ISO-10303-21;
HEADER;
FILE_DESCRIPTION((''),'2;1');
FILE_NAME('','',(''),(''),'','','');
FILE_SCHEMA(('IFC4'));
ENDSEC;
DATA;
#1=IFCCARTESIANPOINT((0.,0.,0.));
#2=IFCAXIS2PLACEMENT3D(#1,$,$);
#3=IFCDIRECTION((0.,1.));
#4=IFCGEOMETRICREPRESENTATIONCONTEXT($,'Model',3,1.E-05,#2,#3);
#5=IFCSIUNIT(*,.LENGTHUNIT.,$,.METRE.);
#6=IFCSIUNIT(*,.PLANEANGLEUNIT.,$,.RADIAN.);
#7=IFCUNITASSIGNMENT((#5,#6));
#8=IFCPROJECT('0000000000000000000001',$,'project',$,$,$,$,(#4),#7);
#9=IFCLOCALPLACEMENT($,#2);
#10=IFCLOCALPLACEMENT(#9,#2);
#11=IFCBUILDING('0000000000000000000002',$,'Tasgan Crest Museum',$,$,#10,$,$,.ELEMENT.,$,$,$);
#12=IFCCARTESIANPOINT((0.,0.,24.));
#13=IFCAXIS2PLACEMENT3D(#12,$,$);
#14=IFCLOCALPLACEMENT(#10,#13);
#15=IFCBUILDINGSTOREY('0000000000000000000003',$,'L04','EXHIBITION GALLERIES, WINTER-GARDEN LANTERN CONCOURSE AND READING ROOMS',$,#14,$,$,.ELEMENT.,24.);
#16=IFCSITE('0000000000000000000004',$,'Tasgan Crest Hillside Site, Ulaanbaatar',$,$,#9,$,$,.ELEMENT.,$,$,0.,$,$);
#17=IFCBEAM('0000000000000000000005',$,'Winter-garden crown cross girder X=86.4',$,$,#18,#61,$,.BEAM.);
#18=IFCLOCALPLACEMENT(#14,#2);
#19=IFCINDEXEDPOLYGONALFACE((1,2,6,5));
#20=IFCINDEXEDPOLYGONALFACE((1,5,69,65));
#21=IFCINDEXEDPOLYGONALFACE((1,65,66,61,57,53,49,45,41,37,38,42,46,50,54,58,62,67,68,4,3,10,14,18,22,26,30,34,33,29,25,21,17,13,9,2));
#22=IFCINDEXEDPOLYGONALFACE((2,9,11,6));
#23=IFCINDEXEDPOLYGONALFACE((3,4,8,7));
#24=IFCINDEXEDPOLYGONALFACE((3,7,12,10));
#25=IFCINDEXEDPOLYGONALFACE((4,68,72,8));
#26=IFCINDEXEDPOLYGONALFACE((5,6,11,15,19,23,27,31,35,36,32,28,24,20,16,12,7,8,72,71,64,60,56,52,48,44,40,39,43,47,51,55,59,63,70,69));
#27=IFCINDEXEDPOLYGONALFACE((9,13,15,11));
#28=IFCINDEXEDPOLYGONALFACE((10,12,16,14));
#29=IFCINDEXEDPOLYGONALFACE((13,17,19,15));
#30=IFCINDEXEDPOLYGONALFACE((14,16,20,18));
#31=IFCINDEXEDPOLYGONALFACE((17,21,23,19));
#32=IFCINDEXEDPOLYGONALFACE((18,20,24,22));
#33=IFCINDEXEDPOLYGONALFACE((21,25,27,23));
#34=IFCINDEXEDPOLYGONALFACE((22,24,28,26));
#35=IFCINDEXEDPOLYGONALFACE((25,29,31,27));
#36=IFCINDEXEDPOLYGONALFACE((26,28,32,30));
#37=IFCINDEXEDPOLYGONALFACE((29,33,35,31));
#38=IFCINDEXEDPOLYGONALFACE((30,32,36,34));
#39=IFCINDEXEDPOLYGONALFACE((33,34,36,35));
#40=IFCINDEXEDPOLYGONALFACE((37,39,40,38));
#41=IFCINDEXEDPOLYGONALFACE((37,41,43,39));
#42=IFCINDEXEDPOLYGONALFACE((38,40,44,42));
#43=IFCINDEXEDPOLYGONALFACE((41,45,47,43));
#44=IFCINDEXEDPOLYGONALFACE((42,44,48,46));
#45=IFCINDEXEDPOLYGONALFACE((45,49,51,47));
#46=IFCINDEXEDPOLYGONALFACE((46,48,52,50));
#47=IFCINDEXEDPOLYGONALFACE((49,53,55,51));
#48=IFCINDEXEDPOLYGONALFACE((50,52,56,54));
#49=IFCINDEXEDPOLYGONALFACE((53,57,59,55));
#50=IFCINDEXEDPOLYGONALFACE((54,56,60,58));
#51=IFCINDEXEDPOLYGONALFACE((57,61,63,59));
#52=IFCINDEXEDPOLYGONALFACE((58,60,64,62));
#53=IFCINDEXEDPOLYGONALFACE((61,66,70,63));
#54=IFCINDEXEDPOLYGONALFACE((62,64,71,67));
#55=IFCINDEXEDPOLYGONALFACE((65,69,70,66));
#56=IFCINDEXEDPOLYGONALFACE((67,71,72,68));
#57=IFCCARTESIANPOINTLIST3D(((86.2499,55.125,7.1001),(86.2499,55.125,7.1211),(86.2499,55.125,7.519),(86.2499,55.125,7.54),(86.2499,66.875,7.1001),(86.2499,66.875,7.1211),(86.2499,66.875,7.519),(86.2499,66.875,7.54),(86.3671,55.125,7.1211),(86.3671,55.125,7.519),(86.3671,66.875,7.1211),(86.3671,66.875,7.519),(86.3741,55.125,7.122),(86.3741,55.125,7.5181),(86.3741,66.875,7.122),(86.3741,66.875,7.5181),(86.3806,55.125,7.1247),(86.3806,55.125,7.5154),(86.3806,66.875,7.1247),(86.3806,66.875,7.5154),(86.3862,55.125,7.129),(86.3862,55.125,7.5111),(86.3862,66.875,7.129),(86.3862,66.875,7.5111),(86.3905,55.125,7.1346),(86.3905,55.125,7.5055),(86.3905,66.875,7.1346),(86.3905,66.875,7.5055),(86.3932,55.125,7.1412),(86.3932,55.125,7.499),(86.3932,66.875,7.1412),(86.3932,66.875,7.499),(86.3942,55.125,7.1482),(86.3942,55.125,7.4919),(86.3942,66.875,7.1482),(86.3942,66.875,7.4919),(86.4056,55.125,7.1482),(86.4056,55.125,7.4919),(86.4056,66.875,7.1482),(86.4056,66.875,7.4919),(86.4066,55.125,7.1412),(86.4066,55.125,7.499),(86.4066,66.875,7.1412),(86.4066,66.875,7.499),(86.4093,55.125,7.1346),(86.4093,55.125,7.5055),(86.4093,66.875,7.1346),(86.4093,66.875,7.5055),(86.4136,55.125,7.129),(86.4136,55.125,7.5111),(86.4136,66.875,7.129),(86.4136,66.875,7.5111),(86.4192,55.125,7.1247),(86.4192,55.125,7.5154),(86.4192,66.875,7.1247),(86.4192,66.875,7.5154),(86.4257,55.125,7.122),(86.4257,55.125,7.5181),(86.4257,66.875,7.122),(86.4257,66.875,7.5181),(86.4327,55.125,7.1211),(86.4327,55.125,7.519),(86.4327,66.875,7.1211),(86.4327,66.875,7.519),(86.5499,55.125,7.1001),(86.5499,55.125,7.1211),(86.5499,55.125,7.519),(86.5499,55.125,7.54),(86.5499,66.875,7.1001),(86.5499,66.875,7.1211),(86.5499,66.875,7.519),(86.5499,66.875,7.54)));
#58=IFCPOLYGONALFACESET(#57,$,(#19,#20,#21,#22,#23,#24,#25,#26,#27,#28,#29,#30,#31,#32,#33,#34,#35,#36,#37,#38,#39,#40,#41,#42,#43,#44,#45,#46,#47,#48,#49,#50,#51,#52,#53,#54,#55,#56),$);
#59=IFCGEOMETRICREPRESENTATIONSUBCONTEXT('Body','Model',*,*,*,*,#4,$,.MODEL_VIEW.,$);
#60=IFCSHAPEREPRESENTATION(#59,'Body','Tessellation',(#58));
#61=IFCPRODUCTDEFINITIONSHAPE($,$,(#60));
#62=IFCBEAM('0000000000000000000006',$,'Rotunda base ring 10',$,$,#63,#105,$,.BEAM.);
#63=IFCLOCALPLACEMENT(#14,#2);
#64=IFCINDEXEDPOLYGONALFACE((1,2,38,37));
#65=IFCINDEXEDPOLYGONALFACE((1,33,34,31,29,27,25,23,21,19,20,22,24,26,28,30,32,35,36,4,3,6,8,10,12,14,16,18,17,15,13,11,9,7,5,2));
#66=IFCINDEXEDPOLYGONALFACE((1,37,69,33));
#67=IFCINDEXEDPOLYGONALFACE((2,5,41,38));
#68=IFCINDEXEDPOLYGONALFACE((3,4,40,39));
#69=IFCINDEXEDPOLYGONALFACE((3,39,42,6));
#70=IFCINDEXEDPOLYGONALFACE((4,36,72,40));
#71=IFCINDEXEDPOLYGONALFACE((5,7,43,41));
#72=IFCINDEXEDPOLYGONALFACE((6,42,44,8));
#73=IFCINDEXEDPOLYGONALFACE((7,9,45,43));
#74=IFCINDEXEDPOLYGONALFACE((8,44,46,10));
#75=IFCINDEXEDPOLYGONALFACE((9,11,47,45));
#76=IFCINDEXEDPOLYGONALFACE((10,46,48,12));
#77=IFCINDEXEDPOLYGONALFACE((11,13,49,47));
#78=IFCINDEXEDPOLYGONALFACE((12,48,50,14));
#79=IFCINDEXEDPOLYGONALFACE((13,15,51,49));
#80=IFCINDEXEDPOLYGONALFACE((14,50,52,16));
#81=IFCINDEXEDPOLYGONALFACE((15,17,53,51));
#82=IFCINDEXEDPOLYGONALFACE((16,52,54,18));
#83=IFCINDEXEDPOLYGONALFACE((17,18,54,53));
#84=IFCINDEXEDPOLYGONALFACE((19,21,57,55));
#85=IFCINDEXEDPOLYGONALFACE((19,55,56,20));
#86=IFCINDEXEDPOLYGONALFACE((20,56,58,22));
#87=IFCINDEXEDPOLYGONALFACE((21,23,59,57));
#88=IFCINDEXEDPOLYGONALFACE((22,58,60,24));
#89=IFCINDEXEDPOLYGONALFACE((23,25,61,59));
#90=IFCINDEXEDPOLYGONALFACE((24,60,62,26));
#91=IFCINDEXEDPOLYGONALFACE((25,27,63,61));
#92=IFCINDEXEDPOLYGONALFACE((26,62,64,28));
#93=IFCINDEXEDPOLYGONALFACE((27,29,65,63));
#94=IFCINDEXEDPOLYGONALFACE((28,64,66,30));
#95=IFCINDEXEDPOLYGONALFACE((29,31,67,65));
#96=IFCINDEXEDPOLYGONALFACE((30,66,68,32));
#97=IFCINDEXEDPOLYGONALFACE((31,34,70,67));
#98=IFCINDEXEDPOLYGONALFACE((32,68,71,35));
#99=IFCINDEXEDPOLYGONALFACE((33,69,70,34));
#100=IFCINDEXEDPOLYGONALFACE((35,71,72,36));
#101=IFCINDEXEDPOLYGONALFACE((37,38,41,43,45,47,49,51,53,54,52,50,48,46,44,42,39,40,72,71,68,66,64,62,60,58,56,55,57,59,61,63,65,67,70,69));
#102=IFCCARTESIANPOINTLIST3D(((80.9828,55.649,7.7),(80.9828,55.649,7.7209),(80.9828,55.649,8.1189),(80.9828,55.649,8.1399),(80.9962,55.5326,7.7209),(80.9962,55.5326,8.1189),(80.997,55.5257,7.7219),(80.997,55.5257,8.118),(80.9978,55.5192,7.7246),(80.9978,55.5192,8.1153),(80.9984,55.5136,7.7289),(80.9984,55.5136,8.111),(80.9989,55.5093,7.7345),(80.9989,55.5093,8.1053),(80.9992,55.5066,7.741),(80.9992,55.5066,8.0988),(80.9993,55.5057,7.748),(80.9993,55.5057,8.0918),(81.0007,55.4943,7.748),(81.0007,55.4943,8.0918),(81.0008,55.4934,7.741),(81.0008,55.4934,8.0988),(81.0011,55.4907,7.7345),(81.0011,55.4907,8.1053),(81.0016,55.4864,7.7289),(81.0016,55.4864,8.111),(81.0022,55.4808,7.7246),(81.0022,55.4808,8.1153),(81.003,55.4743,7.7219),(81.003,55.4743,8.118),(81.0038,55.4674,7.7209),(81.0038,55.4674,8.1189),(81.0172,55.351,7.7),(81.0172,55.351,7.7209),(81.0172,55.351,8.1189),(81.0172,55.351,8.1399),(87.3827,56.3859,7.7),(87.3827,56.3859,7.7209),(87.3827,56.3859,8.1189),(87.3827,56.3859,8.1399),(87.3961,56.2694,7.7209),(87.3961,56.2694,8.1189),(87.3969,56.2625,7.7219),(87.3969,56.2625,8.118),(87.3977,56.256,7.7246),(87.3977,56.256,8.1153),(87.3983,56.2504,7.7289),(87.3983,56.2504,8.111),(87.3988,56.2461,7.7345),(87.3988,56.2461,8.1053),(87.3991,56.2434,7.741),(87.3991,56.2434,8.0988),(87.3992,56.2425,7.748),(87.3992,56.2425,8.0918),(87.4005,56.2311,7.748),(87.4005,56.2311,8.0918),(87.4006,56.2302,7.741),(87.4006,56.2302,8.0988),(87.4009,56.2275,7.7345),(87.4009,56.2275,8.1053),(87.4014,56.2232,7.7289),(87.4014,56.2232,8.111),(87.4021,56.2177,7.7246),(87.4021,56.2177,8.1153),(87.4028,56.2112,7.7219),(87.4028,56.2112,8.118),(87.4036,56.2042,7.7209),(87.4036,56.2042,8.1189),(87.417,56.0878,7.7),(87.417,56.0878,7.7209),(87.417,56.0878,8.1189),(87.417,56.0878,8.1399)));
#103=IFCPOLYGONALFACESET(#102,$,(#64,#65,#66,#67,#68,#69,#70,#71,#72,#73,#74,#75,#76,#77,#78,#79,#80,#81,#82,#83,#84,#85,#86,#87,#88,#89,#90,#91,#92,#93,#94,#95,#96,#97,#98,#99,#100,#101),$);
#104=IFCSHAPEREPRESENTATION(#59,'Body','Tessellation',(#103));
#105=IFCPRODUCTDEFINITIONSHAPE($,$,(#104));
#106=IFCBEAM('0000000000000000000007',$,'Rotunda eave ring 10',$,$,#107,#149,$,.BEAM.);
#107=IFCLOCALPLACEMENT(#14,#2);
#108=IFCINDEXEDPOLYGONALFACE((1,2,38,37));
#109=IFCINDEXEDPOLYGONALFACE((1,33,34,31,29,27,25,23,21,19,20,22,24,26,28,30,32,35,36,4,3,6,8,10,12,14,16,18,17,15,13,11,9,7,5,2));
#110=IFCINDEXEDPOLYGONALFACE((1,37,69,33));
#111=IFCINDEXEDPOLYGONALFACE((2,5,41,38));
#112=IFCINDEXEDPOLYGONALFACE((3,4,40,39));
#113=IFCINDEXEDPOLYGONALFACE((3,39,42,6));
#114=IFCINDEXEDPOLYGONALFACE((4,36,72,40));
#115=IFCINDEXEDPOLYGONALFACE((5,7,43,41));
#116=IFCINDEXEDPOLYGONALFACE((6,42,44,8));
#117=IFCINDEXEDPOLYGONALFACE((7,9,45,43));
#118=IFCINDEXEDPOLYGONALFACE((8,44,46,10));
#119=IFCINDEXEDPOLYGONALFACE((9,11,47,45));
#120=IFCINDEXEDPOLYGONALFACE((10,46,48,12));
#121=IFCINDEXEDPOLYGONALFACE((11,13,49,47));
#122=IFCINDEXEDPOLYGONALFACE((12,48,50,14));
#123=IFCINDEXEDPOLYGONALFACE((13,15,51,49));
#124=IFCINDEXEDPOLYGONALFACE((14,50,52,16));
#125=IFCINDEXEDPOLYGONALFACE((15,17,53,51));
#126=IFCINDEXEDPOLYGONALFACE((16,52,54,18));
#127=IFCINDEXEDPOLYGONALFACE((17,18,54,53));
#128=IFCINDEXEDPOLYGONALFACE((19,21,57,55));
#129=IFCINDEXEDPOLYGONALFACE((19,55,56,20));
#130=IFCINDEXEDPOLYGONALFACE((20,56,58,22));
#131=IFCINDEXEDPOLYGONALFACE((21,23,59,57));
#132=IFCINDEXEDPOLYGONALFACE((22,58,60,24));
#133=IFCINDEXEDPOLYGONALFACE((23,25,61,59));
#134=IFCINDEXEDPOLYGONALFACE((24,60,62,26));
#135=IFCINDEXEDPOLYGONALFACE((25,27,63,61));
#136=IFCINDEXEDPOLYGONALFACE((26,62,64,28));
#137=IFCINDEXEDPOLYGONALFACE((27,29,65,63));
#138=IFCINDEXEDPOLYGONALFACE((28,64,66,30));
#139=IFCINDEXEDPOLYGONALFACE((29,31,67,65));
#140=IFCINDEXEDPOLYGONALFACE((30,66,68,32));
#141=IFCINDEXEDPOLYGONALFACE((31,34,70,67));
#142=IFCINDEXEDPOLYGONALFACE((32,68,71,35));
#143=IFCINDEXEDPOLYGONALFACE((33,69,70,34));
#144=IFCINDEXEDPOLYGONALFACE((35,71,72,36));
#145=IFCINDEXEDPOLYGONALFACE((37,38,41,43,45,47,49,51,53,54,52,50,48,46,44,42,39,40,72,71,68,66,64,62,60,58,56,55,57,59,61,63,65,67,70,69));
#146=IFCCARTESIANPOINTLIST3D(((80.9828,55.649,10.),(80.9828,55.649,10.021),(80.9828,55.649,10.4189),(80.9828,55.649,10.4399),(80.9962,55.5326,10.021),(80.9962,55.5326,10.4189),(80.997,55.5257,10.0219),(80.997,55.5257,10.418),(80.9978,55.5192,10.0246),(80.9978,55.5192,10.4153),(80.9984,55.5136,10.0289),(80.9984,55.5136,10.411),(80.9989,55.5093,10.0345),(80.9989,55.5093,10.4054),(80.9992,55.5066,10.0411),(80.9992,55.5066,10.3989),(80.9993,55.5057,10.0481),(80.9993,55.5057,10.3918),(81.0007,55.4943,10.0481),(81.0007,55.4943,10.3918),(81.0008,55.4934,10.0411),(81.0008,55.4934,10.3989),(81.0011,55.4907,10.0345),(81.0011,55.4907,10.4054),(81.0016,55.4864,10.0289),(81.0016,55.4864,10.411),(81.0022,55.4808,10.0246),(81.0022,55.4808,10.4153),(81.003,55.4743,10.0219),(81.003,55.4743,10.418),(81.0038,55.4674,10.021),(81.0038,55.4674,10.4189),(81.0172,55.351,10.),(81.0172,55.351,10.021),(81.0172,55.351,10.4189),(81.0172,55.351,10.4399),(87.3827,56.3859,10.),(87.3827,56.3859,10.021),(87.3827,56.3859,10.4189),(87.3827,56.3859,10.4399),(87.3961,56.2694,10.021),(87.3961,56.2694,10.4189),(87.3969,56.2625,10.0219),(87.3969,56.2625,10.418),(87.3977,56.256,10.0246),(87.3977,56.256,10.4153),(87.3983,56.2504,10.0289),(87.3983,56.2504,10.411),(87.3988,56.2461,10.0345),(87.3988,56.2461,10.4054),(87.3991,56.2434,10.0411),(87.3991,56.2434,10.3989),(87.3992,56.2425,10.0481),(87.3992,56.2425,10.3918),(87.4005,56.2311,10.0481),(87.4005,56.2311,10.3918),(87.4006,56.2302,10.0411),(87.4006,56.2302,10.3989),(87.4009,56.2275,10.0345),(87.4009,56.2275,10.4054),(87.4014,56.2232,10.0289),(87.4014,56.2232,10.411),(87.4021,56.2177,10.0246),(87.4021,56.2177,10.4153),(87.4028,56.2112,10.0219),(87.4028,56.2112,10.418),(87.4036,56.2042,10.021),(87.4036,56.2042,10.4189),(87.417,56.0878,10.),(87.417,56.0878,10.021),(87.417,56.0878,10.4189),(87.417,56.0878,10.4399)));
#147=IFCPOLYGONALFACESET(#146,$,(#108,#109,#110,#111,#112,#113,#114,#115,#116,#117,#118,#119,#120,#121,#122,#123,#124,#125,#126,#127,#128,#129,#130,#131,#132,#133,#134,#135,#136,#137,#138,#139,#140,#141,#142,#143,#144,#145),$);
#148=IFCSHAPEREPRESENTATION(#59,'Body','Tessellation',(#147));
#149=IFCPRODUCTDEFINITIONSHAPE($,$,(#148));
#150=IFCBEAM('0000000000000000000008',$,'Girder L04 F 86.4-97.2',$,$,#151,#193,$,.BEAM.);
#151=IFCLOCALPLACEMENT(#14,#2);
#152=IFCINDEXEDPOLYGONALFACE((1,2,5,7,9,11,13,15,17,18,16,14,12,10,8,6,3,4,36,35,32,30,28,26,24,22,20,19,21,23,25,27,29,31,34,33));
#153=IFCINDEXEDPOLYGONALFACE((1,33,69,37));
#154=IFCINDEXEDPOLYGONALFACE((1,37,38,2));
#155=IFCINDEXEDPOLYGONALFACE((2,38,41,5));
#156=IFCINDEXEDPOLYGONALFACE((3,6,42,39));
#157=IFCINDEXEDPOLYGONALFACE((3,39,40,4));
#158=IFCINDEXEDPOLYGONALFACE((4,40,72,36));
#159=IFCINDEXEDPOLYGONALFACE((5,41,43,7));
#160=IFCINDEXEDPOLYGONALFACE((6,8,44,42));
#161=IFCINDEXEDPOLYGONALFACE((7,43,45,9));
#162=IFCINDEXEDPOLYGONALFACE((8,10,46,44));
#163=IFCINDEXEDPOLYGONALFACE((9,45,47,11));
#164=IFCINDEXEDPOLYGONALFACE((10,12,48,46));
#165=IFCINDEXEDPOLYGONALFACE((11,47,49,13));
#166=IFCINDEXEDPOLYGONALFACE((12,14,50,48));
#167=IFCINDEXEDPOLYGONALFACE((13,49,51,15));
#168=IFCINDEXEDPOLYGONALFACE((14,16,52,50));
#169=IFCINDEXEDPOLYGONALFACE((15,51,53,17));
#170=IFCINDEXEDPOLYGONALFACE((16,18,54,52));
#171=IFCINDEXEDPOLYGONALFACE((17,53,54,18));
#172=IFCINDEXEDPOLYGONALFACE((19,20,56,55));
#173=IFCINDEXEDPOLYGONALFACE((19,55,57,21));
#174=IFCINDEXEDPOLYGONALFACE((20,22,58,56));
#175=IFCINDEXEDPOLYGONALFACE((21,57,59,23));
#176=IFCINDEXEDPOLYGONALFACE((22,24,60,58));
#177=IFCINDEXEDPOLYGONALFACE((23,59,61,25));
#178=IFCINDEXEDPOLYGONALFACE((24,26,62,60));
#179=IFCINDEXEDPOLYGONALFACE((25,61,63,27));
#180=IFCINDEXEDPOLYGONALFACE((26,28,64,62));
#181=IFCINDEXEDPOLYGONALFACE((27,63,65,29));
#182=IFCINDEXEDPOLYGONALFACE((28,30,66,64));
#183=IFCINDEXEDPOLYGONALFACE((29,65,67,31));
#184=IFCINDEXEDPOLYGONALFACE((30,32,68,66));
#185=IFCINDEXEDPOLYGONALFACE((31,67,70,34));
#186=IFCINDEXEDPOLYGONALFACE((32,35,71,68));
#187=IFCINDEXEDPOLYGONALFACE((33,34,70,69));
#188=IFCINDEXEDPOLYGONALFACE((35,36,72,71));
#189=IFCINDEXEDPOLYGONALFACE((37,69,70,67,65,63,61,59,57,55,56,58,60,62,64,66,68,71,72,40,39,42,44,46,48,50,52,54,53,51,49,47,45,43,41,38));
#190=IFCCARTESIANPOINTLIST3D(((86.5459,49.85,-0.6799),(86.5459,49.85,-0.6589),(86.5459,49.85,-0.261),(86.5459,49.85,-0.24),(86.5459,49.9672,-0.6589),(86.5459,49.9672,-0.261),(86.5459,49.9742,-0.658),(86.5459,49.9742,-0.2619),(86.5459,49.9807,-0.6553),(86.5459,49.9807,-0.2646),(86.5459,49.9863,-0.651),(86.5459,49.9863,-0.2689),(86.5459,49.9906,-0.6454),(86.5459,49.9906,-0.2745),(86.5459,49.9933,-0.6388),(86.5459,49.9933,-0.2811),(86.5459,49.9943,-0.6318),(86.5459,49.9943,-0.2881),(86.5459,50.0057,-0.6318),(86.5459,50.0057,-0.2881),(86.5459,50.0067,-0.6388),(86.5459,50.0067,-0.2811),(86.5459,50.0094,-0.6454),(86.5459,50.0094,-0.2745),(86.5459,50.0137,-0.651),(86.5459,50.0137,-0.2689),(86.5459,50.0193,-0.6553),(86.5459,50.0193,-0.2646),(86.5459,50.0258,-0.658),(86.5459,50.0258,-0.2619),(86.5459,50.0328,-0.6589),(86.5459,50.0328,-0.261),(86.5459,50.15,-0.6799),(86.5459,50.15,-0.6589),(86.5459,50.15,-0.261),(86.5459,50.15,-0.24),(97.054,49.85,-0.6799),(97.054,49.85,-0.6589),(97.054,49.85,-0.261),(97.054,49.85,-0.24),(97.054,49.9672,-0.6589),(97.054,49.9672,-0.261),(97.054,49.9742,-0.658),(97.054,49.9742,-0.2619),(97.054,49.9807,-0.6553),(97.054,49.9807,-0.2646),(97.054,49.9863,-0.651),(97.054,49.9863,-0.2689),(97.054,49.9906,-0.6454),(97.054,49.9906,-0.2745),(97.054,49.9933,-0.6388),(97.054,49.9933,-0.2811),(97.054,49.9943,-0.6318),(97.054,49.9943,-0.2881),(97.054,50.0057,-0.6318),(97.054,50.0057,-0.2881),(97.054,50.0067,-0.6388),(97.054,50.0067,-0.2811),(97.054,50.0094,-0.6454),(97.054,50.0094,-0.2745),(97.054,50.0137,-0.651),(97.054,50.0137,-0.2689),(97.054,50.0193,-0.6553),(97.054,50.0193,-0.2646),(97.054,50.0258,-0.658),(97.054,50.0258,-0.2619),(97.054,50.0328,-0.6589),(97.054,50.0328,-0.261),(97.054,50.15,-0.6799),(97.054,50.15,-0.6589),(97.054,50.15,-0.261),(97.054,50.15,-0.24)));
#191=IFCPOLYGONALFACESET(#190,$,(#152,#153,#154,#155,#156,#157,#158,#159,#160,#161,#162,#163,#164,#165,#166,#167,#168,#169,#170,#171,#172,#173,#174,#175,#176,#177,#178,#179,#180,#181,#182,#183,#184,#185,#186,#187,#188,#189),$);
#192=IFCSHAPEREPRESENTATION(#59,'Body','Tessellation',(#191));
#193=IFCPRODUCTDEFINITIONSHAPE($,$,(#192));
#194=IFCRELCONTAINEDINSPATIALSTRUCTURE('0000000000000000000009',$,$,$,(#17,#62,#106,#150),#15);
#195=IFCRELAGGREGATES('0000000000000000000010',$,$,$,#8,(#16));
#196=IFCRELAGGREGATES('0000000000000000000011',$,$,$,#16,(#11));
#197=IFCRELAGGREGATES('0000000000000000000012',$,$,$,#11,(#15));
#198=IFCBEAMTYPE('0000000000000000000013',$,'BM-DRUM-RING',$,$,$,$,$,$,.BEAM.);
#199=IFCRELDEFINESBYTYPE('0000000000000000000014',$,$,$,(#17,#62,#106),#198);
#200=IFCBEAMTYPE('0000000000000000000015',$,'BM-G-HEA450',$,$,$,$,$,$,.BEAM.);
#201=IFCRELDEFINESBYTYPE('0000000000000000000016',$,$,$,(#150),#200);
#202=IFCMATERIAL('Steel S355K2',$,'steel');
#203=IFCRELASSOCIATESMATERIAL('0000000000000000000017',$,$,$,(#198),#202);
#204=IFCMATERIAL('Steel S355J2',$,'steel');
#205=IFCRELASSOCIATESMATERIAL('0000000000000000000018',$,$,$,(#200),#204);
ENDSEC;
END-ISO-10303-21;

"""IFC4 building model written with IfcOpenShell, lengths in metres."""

from ifc_helpers import new_model, si_unit, direction, frame, origin, origin_2d, place, context, subcontext, project, spatial, i_section, extrude, material, material_profile, profile_set, type_object, element, save


model = new_model("IFC4")

# Units and contexts
model_context = context("Model", 3, precision=1e-05, world=origin(), true_north=direction((0.0, 1.0)))
body_context = subcontext(model_context, "Body", "Model", "MODEL_VIEW")
ifc_project = project(units=[si_unit("LENGTHUNIT", "METRE"), si_unit("PLANEANGLEUNIT", "RADIAN")], contexts=[model_context])

# Site, building, storey
site_placement = place(None, origin())
site = spatial("IfcSite", under=ifc_project, at=site_placement, Name="Tasgan Crest Hillside Site, Ulaanbaatar", CompositionType="ELEMENT", RefElevation=0.0)
building_placement = place(site_placement, origin())
building = spatial("IfcBuilding", under=site, at=building_placement, Name="Tasgan Crest Museum", CompositionType="ELEMENT")
storey_placement = place(building_placement, frame((0.0, 0.0, 24.0)))
storey = spatial("IfcBuildingStorey", under=building, at=storey_placement, Name="L04", Description="EXHIBITION GALLERIES, WINTER-GARDEN LANTERN CONCOURSE AND READING ROOMS", CompositionType="ELEMENT", Elevation=24.0)

# Beams
ifc_material_1 = material(Name="Steel S355K2", Category="steel")
ifc_material_profile_1 = material_profile(ifc_material_1, i_section(OverallWidth=0.3, OverallDepth=0.4399, WebThickness=0.0115, FlangeThickness=0.021, FilletRadius=0.0271, at=origin_2d()), Name="HEA 450")
ifc_profile_set_1 = profile_set([ifc_material_profile_1], Name="Steel S355K2")
beam_type_1 = type_object("IfcBeamType", Name="BM-DRUM-RING", PredefinedType="BEAM", material=ifc_profile_set_1)
beam_1_placement = place(storey_placement, frame((86.3999, 55.125, 7.3201), z_axis=(0.0, 1.0, 0.0), x_axis=(-1.0, 0.0, 0.0)))
element("IfcBeam", 1, at=beam_1_placement, inside=storey, type_object=beam_type_1, Name="Winter-garden crown cross girder X=86.4", PredefinedType="BEAM", context=body_context, shape_type="SweptSolid", body=[
    extrude(i_section(OverallWidth=0.3, OverallDepth=0.4399, WebThickness=0.0115, FlangeThickness=0.021, FilletRadius=0.0271, at=origin_2d()), origin(), (0.0, 0.0, 1.0), 11.75),
])
for number, where, z_axis, x_axis, name in (
    (2, (81.0, 55.5, 7.9199), (0.993438, 0.114374, 0.0), (-0.114374, 0.993438, 0.0), "Rotunda base ring 10"),
    (3, (81.0, 55.5, 10.22), (0.993438, 0.114374, 0.0), (-0.114374, 0.993438, 0.0), "Rotunda eave ring 10"),
):
    element("IfcBeam", number, at=place(storey_placement, frame(where, z_axis=z_axis, x_axis=x_axis)), inside=storey, type_object=beam_type_1, Name=name, PredefinedType="BEAM", context=body_context, shape_type="SweptSolid", body=[
        extrude(i_section(OverallWidth=0.3, OverallDepth=0.4399, WebThickness=0.0115, FlangeThickness=0.021, FilletRadius=0.0271, at=origin_2d()), origin(), (0.0, 0.0, 1.0), 6.4421),
    ])
ifc_material_2 = material(Name="Steel S355J2", Category="steel")
ifc_material_profile_2 = material_profile(ifc_material_2, i_section(OverallWidth=0.3, OverallDepth=0.4399, WebThickness=0.0115, FlangeThickness=0.021, FilletRadius=0.0271, at=origin_2d()), Name="HEA 450")
ifc_profile_set_2 = profile_set([ifc_material_profile_2], Name="Steel S355J2")
beam_type_2 = type_object("IfcBeamType", Name="BM-G-HEA450", PredefinedType="BEAM", material=ifc_profile_set_2)
beam_2_placement = place(storey_placement, frame((86.5459, 50.0, -0.46), z_axis=(1.0, 0.0, 0.0), x_axis=(0.0, 1.0, 0.0)))
element("IfcBeam", 4, at=beam_2_placement, inside=storey, type_object=beam_type_2, Name="Girder L04 F 86.4-97.2", PredefinedType="BEAM", context=body_context, shape_type="SweptSolid", body=[
    extrude(i_section(OverallWidth=0.3, OverallDepth=0.4399, WebThickness=0.0115, FlangeThickness=0.021, FilletRadius=0.0271, at=origin_2d()), origin(), (0.0, 0.0, 1.0), 10.5081),
])

save(model, "model.ifc")
